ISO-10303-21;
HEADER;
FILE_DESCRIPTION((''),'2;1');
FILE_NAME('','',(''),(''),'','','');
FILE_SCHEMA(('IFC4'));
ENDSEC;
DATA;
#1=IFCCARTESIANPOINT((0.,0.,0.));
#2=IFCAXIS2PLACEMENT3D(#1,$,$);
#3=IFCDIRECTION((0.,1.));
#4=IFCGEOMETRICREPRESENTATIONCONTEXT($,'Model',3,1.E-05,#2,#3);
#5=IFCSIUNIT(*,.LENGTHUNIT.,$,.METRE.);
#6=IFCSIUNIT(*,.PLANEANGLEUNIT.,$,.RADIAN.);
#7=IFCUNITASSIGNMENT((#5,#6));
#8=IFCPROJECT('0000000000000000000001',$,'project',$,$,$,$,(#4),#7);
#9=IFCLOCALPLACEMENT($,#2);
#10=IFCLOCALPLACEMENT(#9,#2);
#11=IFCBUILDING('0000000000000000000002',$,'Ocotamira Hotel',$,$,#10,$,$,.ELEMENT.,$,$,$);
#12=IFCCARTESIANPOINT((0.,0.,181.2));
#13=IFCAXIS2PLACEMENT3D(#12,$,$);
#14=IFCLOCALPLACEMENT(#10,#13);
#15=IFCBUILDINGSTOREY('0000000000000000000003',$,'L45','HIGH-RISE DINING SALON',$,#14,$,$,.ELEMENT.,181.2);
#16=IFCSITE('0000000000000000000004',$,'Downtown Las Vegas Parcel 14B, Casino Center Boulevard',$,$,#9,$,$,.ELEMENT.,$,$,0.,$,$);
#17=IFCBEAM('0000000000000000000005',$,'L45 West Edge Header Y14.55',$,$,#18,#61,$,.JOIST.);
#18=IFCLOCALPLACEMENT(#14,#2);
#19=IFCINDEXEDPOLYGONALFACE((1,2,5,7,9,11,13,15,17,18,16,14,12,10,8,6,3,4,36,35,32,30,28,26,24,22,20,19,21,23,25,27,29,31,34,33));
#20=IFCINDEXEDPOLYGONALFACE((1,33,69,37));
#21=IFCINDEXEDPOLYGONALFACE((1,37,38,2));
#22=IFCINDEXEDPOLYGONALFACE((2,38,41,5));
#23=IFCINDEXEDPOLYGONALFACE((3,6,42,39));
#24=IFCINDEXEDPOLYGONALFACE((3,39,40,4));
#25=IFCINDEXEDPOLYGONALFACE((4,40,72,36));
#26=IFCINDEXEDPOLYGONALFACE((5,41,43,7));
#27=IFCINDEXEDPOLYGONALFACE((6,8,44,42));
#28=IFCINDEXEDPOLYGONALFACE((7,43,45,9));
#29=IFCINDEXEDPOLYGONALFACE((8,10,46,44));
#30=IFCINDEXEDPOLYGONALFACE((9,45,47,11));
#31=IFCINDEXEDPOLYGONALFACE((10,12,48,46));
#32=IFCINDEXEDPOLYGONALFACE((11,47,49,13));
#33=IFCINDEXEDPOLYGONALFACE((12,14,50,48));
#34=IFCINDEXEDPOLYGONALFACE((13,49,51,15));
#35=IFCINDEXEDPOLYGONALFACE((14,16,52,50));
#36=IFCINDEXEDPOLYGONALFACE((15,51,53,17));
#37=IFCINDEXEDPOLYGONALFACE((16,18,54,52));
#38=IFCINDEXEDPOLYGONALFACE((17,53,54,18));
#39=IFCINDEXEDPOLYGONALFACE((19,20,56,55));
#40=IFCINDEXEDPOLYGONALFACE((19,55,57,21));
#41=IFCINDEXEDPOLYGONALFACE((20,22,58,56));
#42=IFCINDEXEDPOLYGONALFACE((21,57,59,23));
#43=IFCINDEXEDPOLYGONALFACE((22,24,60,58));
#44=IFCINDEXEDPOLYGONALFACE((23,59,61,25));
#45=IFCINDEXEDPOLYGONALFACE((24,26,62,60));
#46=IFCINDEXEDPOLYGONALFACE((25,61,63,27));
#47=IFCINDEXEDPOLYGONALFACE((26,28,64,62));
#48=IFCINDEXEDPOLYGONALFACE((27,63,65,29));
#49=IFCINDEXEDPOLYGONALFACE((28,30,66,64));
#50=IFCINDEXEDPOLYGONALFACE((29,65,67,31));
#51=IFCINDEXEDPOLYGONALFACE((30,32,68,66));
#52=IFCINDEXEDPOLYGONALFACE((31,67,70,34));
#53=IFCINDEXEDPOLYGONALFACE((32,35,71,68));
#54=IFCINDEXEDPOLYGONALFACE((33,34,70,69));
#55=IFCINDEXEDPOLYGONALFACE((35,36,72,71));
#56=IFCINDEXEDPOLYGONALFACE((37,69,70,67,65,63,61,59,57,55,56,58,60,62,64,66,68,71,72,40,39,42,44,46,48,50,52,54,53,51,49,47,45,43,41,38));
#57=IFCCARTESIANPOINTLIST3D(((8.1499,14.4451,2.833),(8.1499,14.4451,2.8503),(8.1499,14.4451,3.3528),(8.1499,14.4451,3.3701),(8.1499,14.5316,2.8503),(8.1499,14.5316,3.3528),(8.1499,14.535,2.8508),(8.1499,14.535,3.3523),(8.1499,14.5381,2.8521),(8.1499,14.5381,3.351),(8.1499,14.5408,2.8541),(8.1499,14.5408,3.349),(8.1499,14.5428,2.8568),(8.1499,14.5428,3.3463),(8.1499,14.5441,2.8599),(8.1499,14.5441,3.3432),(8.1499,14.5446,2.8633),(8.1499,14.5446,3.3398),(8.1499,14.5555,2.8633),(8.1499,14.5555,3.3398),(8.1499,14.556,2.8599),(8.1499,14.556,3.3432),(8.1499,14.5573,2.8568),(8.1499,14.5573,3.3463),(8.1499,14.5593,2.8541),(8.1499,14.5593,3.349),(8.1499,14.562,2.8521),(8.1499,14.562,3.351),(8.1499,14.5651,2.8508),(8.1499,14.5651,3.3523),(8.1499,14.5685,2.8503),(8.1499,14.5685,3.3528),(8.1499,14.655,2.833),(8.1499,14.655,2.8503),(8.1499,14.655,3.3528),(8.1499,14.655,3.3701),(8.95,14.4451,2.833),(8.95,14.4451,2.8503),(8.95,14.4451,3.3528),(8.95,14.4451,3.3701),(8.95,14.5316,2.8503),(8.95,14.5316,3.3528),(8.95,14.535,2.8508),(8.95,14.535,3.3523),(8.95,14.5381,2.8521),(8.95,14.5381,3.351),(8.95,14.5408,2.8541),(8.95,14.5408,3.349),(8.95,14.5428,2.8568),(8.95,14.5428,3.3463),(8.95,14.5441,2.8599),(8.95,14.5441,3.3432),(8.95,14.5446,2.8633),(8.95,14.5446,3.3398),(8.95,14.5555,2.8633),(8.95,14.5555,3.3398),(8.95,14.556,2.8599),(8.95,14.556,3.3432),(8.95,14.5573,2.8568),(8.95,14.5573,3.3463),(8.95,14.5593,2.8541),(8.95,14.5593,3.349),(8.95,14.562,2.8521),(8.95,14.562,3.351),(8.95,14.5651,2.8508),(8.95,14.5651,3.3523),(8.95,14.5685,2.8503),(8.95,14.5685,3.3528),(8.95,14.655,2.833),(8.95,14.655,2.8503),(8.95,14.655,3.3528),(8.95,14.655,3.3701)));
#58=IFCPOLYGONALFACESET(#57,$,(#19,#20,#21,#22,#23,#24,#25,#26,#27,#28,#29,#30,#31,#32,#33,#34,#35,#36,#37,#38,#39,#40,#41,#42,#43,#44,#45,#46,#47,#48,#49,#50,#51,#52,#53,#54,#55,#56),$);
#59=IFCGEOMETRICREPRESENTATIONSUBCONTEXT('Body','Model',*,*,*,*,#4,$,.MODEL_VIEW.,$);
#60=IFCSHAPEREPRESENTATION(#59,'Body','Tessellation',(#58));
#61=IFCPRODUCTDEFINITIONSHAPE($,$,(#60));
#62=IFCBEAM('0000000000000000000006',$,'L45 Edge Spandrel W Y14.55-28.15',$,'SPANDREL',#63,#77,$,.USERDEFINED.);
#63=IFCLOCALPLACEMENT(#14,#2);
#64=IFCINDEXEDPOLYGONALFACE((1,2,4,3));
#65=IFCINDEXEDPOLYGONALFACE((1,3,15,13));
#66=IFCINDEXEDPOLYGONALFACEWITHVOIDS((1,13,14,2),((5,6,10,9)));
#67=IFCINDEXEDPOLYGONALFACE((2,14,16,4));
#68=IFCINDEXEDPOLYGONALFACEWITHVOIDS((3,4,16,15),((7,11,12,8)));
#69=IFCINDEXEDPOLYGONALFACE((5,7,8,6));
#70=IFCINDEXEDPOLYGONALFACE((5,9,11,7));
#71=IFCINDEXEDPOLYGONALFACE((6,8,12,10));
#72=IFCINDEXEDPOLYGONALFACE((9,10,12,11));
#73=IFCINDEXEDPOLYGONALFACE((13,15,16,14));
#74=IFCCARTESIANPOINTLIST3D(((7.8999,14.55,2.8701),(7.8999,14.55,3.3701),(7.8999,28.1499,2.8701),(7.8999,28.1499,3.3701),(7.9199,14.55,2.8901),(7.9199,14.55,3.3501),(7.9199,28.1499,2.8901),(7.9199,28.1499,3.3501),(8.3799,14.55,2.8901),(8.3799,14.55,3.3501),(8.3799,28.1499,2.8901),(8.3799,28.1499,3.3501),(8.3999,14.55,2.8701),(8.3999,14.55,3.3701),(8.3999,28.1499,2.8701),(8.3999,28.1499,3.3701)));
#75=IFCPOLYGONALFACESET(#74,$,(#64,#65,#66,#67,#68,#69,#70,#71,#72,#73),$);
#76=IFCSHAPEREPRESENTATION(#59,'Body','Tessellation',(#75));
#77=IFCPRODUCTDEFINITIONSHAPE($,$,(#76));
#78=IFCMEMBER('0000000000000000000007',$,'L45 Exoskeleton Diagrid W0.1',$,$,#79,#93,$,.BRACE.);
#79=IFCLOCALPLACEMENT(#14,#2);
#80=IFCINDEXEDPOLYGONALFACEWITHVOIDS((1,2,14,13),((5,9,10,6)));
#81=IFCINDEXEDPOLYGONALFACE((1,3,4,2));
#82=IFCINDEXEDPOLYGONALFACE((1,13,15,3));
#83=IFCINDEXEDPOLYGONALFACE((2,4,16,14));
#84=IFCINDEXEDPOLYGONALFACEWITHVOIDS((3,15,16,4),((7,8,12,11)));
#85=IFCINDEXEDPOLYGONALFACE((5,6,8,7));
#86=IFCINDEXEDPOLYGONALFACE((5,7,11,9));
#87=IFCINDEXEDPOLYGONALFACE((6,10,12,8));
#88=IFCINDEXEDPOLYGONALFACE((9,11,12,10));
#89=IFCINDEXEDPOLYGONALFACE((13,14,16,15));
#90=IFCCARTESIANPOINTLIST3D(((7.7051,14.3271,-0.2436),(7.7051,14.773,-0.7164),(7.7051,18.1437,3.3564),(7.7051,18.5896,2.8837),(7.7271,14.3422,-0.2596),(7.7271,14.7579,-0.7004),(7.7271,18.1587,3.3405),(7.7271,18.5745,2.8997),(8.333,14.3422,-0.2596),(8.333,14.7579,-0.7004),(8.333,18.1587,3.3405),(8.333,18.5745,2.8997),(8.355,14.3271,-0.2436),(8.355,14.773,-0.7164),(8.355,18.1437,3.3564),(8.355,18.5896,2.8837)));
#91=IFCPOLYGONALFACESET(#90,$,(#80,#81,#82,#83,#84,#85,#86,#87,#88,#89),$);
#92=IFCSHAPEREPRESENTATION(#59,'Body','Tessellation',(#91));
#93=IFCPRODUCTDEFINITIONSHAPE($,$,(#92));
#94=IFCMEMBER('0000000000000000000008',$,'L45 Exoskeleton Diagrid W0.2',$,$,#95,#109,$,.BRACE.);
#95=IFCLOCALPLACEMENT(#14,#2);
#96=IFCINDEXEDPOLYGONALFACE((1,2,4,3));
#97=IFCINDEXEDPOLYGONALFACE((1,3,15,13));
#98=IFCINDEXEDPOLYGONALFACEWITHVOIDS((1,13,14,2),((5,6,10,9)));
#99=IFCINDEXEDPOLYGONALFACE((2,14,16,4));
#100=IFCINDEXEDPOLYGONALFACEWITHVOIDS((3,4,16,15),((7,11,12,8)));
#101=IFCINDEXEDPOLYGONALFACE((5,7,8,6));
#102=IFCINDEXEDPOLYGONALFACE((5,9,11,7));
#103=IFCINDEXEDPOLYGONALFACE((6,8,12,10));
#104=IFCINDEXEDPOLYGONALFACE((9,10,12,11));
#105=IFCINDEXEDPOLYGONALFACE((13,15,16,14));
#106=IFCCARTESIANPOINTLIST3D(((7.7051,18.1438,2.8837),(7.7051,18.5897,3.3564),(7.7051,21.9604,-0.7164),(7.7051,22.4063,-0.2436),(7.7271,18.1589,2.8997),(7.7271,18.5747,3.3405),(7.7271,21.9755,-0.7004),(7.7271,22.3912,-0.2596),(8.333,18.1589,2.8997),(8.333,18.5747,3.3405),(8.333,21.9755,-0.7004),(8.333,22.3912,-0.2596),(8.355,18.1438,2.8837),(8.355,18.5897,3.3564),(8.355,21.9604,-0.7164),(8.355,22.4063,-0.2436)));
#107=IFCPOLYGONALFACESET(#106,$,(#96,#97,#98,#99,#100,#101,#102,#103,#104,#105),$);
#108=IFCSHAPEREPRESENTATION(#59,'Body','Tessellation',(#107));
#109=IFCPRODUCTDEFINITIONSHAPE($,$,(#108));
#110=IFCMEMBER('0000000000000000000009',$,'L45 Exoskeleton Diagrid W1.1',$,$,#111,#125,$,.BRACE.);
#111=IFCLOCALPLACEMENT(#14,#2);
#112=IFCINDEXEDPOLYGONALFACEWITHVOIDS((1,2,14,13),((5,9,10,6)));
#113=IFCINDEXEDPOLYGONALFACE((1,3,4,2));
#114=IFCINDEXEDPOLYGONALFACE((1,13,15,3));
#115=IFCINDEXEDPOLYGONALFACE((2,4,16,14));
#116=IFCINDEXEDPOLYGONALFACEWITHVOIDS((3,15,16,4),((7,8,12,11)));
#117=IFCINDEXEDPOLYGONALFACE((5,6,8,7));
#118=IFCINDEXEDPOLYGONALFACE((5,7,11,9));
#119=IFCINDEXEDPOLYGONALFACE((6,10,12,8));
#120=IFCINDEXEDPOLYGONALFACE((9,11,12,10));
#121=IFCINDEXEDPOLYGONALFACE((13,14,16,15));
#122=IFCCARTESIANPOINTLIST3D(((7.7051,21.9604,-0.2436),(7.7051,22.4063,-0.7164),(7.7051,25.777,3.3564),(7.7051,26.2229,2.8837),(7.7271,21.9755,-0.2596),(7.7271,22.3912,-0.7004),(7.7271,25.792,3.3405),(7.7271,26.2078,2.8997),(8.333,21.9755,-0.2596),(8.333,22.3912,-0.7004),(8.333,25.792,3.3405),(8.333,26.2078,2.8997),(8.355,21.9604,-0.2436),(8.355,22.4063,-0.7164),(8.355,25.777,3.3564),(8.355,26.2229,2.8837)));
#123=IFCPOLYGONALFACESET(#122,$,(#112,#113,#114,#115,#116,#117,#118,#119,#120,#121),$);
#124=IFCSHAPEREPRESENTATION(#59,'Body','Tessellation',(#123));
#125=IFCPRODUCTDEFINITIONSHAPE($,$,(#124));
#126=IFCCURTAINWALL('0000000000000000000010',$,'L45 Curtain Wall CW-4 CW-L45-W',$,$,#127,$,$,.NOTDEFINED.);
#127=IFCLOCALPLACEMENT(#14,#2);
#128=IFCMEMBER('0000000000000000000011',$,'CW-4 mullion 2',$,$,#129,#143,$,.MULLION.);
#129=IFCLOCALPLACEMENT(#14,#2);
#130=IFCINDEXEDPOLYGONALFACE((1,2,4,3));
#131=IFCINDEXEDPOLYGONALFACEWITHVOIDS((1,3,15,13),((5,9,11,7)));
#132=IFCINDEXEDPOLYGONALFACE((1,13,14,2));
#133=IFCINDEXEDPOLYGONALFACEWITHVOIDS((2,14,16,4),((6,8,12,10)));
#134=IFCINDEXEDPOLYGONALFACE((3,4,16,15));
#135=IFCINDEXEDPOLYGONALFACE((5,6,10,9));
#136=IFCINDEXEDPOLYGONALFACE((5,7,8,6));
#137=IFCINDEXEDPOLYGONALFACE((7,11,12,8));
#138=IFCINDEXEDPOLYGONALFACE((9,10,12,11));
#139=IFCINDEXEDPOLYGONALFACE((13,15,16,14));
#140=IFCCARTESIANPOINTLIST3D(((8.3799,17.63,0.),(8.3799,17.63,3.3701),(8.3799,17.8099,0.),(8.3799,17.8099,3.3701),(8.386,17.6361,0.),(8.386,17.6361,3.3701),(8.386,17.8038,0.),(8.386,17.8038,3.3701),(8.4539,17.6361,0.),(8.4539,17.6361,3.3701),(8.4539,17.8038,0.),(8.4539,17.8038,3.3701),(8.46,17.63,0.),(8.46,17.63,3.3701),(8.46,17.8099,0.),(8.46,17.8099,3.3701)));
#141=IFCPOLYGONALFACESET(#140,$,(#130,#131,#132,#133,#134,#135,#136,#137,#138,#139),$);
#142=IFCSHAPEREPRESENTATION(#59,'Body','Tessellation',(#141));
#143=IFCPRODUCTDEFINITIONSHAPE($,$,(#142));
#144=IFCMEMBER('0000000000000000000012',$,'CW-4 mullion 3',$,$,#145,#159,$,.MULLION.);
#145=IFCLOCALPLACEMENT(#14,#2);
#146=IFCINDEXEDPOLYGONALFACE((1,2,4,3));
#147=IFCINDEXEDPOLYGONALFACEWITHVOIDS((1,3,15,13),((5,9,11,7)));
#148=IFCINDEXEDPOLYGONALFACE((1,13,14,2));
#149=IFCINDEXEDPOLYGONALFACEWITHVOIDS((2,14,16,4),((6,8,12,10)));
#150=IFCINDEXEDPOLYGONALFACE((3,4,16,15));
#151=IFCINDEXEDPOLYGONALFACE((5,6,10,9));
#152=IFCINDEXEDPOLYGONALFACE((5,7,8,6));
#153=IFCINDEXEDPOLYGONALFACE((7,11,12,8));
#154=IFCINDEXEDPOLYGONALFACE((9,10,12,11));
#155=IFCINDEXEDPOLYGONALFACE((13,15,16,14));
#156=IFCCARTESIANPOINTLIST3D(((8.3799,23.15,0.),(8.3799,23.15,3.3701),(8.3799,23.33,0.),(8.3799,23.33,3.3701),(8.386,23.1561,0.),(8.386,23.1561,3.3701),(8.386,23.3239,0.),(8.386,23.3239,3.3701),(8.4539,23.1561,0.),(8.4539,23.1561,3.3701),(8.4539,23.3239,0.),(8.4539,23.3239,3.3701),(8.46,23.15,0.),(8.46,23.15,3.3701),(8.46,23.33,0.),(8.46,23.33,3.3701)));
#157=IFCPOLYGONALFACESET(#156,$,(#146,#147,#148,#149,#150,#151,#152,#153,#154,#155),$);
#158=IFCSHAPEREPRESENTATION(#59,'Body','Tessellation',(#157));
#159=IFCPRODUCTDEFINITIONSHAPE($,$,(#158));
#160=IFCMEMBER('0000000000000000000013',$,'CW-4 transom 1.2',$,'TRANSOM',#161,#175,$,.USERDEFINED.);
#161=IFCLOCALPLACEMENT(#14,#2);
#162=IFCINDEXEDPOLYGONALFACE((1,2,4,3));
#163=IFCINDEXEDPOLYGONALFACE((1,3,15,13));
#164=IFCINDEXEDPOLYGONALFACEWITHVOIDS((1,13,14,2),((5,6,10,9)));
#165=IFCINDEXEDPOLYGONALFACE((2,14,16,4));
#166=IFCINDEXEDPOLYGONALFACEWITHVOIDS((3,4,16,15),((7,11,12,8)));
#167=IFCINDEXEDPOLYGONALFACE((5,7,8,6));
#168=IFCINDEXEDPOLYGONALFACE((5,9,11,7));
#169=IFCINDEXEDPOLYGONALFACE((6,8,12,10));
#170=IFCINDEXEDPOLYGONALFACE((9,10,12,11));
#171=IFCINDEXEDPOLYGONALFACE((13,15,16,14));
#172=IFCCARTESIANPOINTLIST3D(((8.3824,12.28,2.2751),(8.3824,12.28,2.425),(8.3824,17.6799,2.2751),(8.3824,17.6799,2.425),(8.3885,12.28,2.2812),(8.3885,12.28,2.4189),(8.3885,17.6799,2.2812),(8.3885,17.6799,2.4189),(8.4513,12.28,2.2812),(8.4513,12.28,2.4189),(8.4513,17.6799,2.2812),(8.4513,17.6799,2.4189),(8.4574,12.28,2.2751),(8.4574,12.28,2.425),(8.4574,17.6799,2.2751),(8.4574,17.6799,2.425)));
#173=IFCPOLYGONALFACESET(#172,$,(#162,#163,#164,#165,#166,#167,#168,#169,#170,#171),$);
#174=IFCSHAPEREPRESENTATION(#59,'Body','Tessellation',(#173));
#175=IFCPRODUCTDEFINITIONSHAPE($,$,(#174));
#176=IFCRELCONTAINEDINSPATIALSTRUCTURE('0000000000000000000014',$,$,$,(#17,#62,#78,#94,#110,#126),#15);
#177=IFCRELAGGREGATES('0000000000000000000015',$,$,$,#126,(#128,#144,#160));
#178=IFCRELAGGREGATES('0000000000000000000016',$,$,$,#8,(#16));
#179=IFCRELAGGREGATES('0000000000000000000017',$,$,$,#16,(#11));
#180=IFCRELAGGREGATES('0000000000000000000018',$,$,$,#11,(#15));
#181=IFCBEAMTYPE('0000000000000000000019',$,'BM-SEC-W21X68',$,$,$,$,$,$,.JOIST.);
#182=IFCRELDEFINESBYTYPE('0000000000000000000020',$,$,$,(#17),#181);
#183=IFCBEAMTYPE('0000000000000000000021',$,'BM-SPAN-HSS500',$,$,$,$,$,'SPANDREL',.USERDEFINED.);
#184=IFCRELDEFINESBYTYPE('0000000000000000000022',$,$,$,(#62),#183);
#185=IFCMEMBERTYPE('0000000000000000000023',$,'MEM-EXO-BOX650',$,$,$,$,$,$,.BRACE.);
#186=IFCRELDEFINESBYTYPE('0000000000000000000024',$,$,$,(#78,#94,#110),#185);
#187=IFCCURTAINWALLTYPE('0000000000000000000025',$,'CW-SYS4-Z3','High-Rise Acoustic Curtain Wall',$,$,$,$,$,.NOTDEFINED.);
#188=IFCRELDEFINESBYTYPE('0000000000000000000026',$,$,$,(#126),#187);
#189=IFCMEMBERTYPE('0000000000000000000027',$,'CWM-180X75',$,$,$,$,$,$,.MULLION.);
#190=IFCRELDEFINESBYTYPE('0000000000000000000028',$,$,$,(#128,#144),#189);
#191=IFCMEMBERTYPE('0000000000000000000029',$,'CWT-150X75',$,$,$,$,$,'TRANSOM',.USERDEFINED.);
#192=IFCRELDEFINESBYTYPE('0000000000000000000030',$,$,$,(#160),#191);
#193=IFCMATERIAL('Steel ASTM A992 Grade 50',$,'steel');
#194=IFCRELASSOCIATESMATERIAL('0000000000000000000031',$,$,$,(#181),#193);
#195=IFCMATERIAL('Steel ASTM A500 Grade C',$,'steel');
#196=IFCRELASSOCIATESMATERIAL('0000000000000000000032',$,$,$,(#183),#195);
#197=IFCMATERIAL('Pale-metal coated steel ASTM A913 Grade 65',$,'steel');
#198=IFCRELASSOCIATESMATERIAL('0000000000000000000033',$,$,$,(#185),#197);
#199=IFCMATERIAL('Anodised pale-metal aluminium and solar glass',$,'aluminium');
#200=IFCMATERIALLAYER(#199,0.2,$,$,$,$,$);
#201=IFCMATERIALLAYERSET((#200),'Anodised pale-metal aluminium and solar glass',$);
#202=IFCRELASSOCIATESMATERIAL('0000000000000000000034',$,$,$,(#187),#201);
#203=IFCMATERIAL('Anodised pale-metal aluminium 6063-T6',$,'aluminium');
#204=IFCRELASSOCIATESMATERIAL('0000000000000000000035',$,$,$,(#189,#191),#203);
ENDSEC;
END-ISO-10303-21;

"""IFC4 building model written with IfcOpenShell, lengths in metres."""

from ifc_helpers import new_model, si_unit, direction, frame, origin, origin_2d, place, context, subcontext, project, spatial, hollow_rectangle, i_section, extrude, source, transform, mapped, material, layer, layer_set, material_profile, profile_set, type_object, element, aggregate, save


model = new_model("IFC4")

# Units and contexts
model_context = context("Model", 3, precision=1e-05, world=origin(), true_north=direction((0.0, 1.0)))
body_context = subcontext(model_context, "Body", "Model", "MODEL_VIEW")
ifc_project = project(units=[si_unit("LENGTHUNIT", "METRE"), si_unit("PLANEANGLEUNIT", "RADIAN")], contexts=[model_context])

# Site, building, storey
site_placement = place(None, origin())
site = spatial("IfcSite", under=ifc_project, at=site_placement, Name="Downtown Las Vegas Parcel 14B, Casino Center Boulevard", CompositionType="ELEMENT", RefElevation=0.0)
building_placement = place(site_placement, origin())
building = spatial("IfcBuilding", under=site, at=building_placement, Name="Ocotamira Hotel", CompositionType="ELEMENT")
storey_placement = place(building_placement, frame((0.0, 0.0, 181.2)))
storey = spatial("IfcBuildingStorey", under=building, at=storey_placement, Name="L45", Description="HIGH-RISE DINING SALON", CompositionType="ELEMENT", Elevation=181.2)

# Beams
ifc_material_1 = material(Name="Steel ASTM A992 Grade 50", Category="steel")
ifc_material_profile_1 = material_profile(ifc_material_1, i_section(OverallWidth=0.21, OverallDepth=0.5371, WebThickness=0.011, FlangeThickness=0.0173, FilletRadius=0.0129, at=origin_2d()), Name="W21X68")
ifc_profile_set_1 = profile_set([ifc_material_profile_1], Name="Steel ASTM A992 Grade 50")
beam_type_1 = type_object("IfcBeamType", Name="BM-SEC-W21X68", PredefinedType="JOIST", material=ifc_profile_set_1)
shared_shape_1 = source(origin(), body_context, "Body", "SweptSolid", [
    extrude(i_section(OverallWidth=0.21, OverallDepth=0.5371, WebThickness=0.011, FlangeThickness=0.0173, FilletRadius=0.0129, at=origin_2d()), origin(), (0.0, 0.0, 1.0), 0.8),
])
beam_1_placement = place(storey_placement, frame((8.95, 14.55, 3.1016), z_axis=(-1.0, 0.0, 0.0), x_axis=(0.0, -1.0, 0.0)))
element("IfcBeam", 1, at=beam_1_placement, inside=storey, type_object=beam_type_1, Name="L45 West Edge Header Y14.55", PredefinedType="JOIST", context=body_context, shape_type="MappedRepresentation", body=[
    mapped(shared_shape_1, transform((0.0, 0.0, 0.0), scale=1.0)),
])
ifc_material_2 = material(Name="Steel ASTM A500 Grade C", Category="steel")
ifc_material_profile_2 = material_profile(ifc_material_2, hollow_rectangle(XDim=0.5, YDim=0.5, WallThickness=0.02, at=origin_2d()), Name="HSS500X500X20")
ifc_profile_set_2 = profile_set([ifc_material_profile_2], Name="Steel ASTM A500 Grade C")
beam_type_2 = type_object("IfcBeamType", Name="BM-SPAN-HSS500", ElementType="SPANDREL", PredefinedType="USERDEFINED", material=ifc_profile_set_2)
shared_shape_2 = source(origin(), body_context, "Body", "SweptSolid", [
    extrude(hollow_rectangle(XDim=0.5, YDim=0.5, WallThickness=0.02, at=origin_2d()), origin(), (0.0, 0.0, 1.0), 13.5999),
])
beam_2_placement = place(storey_placement, frame((8.1499, 14.55, 3.1201), z_axis=(0.0, 1.0, 0.0), x_axis=(-1.0, 0.0, 0.0)))
element("IfcBeam", 2, at=beam_2_placement, inside=storey, type_object=beam_type_2, Name="L45 Edge Spandrel W Y14.55-28.15", ObjectType="SPANDREL", PredefinedType="USERDEFINED", context=body_context, shape_type="MappedRepresentation", body=[
    mapped(shared_shape_2, transform((0.0, 0.0, 0.0), scale=1.0)),
])

# Members
ifc_material_3 = material(Name="Pale-metal coated steel ASTM A913 Grade 65", Category="steel")
ifc_material_profile_3 = material_profile(ifc_material_3, hollow_rectangle(XDim=0.6499, YDim=0.6499, WallThickness=0.022, at=origin_2d()), Name="BOX650X650X22")
ifc_profile_set_3 = profile_set([ifc_material_profile_3], Name="Pale-metal coated steel ASTM A913 Grade 65")
member_type_1 = type_object("IfcMemberType", Name="MEM-EXO-BOX650", PredefinedType="BRACE", material=ifc_profile_set_3)
shared_shape_3 = source(origin(), body_context, "Body", "SweptSolid", [
    extrude(hollow_rectangle(XDim=0.6499, YDim=0.6499, WallThickness=0.022, at=origin_2d()), origin(), (0.0, 0.0, 1.0), 5.2466),
])
for number, where, z_axis, x_axis, name in (
    (3, (8.03, 14.55, -0.48), (0.0, 0.727443, 0.686168), (-1.0, 0.0, 0.0), "L45 Exoskeleton Diagrid W0.1"),
    (4, (8.03, 22.1833, -0.48), (0.0, -0.727443, 0.686168), (1.0, 0.0, 0.0), "L45 Exoskeleton Diagrid W0.2"),
    (5, (8.03, 22.1833, -0.48), (0.0, 0.727443, 0.686168), (-1.0, 0.0, 0.0), "L45 Exoskeleton Diagrid W1.1"),
):
    element("IfcMember", number, at=place(storey_placement, frame(where, z_axis=z_axis, x_axis=x_axis)), inside=storey, type_object=member_type_1, Name=name, PredefinedType="BRACE", context=body_context, shape_type="MappedRepresentation", body=[
        mapped(shared_shape_3, transform((0.0, 0.0, 0.0), scale=1.0)),
    ])

# Curtain wall, members
ifc_material_4 = material(Name="Anodised pale-metal aluminium and solar glass", Category="aluminium")
ifc_layer_1 = layer(ifc_material_4, 0.2)
ifc_layer_set_1 = layer_set([ifc_layer_1], Name="Anodised pale-metal aluminium and solar glass")
curtain_wall_type = type_object("IfcCurtainWallType", Name="CW-SYS4-Z3", Description="High-Rise Acoustic Curtain Wall", PredefinedType="NOTDEFINED", material=ifc_layer_set_1)
curtain_wall_placement = place(storey_placement, origin())
curtain_wall = element("IfcCurtainWall", 6, at=curtain_wall_placement, inside=storey, type_object=curtain_wall_type, Name="L45 Curtain Wall CW-4 CW-L45-W", PredefinedType="NOTDEFINED")
ifc_material_5 = material(Name="Anodised pale-metal aluminium 6063-T6", Category="aluminium")
ifc_material_profile_4 = material_profile(ifc_material_5, hollow_rectangle(XDim=0.0801, YDim=0.1799, WallThickness=0.0061, at=origin_2d()), Name="HSS180X80X6")
ifc_profile_set_4 = profile_set([ifc_material_profile_4], Name="Anodised pale-metal aluminium 6063-T6")
member_type_2 = type_object("IfcMemberType", Name="CWM-180X75", PredefinedType="MULLION", material=ifc_profile_set_4)
shared_shape_4 = source(origin(), body_context, "Body", "SweptSolid", [
    extrude(hollow_rectangle(XDim=0.0801, YDim=0.1799, WallThickness=0.0061, at=origin_2d()), origin(), (0.0, 0.0, 1.0), 3.3701),
])
member_1_placement = place(storey_placement, frame((8.4199, 17.72, 0.0), z_axis=(0.0, 0.0, 1.0), x_axis=(-1.0, 0.0, 0.0)))
member_1 = element("IfcMember", 7, at=member_1_placement, type_object=member_type_2, Name="CW-4 mullion 2", PredefinedType="MULLION", context=body_context, shape_type="MappedRepresentation", body=[
    mapped(shared_shape_4, transform((0.0, 0.0, 0.0), scale=1.0)),
])
member_2_placement = place(storey_placement, frame((8.4199, 23.24, 0.0), z_axis=(0.0, 0.0, 1.0), x_axis=(-1.0, 0.0, 0.0)))
member_2 = element("IfcMember", 8, at=member_2_placement, type_object=member_type_2, Name="CW-4 mullion 3", PredefinedType="MULLION", context=body_context, shape_type="MappedRepresentation", body=[
    mapped(shared_shape_4, transform((0.0, 0.0, 0.0), scale=1.0)),
])
ifc_material_profile_5 = material_profile(ifc_material_5, hollow_rectangle(XDim=0.075, YDim=0.1499, WallThickness=0.0061, at=origin_2d()), Name="HSS150X75X6")
ifc_profile_set_5 = profile_set([ifc_material_profile_5], Name="Anodised pale-metal aluminium 6063-T6")
member_type_3 = type_object("IfcMemberType", Name="CWT-150X75", ElementType="TRANSOM", PredefinedType="USERDEFINED", material=ifc_profile_set_5)
shared_shape_5 = source(origin(), body_context, "Body", "SweptSolid", [
    extrude(hollow_rectangle(XDim=0.075, YDim=0.1499, WallThickness=0.0061, at=origin_2d()), origin(), (0.0, 0.0, 1.0), 5.3999),
])
member_3_placement = place(storey_placement, frame((8.4199, 12.28, 2.3501), z_axis=(0.0, 1.0, 0.0), x_axis=(-1.0, 0.0, 0.0)))
member_3 = element("IfcMember", 9, at=member_3_placement, type_object=member_type_3, Name="CW-4 transom 1.2", ObjectType="TRANSOM", PredefinedType="USERDEFINED", context=body_context, shape_type="MappedRepresentation", body=[
    mapped(shared_shape_5, transform((0.0, 0.0, 0.0), scale=1.0)),
])

aggregate(curtain_wall, [member_1, member_2, member_3])

save(model, "model.ifc")
